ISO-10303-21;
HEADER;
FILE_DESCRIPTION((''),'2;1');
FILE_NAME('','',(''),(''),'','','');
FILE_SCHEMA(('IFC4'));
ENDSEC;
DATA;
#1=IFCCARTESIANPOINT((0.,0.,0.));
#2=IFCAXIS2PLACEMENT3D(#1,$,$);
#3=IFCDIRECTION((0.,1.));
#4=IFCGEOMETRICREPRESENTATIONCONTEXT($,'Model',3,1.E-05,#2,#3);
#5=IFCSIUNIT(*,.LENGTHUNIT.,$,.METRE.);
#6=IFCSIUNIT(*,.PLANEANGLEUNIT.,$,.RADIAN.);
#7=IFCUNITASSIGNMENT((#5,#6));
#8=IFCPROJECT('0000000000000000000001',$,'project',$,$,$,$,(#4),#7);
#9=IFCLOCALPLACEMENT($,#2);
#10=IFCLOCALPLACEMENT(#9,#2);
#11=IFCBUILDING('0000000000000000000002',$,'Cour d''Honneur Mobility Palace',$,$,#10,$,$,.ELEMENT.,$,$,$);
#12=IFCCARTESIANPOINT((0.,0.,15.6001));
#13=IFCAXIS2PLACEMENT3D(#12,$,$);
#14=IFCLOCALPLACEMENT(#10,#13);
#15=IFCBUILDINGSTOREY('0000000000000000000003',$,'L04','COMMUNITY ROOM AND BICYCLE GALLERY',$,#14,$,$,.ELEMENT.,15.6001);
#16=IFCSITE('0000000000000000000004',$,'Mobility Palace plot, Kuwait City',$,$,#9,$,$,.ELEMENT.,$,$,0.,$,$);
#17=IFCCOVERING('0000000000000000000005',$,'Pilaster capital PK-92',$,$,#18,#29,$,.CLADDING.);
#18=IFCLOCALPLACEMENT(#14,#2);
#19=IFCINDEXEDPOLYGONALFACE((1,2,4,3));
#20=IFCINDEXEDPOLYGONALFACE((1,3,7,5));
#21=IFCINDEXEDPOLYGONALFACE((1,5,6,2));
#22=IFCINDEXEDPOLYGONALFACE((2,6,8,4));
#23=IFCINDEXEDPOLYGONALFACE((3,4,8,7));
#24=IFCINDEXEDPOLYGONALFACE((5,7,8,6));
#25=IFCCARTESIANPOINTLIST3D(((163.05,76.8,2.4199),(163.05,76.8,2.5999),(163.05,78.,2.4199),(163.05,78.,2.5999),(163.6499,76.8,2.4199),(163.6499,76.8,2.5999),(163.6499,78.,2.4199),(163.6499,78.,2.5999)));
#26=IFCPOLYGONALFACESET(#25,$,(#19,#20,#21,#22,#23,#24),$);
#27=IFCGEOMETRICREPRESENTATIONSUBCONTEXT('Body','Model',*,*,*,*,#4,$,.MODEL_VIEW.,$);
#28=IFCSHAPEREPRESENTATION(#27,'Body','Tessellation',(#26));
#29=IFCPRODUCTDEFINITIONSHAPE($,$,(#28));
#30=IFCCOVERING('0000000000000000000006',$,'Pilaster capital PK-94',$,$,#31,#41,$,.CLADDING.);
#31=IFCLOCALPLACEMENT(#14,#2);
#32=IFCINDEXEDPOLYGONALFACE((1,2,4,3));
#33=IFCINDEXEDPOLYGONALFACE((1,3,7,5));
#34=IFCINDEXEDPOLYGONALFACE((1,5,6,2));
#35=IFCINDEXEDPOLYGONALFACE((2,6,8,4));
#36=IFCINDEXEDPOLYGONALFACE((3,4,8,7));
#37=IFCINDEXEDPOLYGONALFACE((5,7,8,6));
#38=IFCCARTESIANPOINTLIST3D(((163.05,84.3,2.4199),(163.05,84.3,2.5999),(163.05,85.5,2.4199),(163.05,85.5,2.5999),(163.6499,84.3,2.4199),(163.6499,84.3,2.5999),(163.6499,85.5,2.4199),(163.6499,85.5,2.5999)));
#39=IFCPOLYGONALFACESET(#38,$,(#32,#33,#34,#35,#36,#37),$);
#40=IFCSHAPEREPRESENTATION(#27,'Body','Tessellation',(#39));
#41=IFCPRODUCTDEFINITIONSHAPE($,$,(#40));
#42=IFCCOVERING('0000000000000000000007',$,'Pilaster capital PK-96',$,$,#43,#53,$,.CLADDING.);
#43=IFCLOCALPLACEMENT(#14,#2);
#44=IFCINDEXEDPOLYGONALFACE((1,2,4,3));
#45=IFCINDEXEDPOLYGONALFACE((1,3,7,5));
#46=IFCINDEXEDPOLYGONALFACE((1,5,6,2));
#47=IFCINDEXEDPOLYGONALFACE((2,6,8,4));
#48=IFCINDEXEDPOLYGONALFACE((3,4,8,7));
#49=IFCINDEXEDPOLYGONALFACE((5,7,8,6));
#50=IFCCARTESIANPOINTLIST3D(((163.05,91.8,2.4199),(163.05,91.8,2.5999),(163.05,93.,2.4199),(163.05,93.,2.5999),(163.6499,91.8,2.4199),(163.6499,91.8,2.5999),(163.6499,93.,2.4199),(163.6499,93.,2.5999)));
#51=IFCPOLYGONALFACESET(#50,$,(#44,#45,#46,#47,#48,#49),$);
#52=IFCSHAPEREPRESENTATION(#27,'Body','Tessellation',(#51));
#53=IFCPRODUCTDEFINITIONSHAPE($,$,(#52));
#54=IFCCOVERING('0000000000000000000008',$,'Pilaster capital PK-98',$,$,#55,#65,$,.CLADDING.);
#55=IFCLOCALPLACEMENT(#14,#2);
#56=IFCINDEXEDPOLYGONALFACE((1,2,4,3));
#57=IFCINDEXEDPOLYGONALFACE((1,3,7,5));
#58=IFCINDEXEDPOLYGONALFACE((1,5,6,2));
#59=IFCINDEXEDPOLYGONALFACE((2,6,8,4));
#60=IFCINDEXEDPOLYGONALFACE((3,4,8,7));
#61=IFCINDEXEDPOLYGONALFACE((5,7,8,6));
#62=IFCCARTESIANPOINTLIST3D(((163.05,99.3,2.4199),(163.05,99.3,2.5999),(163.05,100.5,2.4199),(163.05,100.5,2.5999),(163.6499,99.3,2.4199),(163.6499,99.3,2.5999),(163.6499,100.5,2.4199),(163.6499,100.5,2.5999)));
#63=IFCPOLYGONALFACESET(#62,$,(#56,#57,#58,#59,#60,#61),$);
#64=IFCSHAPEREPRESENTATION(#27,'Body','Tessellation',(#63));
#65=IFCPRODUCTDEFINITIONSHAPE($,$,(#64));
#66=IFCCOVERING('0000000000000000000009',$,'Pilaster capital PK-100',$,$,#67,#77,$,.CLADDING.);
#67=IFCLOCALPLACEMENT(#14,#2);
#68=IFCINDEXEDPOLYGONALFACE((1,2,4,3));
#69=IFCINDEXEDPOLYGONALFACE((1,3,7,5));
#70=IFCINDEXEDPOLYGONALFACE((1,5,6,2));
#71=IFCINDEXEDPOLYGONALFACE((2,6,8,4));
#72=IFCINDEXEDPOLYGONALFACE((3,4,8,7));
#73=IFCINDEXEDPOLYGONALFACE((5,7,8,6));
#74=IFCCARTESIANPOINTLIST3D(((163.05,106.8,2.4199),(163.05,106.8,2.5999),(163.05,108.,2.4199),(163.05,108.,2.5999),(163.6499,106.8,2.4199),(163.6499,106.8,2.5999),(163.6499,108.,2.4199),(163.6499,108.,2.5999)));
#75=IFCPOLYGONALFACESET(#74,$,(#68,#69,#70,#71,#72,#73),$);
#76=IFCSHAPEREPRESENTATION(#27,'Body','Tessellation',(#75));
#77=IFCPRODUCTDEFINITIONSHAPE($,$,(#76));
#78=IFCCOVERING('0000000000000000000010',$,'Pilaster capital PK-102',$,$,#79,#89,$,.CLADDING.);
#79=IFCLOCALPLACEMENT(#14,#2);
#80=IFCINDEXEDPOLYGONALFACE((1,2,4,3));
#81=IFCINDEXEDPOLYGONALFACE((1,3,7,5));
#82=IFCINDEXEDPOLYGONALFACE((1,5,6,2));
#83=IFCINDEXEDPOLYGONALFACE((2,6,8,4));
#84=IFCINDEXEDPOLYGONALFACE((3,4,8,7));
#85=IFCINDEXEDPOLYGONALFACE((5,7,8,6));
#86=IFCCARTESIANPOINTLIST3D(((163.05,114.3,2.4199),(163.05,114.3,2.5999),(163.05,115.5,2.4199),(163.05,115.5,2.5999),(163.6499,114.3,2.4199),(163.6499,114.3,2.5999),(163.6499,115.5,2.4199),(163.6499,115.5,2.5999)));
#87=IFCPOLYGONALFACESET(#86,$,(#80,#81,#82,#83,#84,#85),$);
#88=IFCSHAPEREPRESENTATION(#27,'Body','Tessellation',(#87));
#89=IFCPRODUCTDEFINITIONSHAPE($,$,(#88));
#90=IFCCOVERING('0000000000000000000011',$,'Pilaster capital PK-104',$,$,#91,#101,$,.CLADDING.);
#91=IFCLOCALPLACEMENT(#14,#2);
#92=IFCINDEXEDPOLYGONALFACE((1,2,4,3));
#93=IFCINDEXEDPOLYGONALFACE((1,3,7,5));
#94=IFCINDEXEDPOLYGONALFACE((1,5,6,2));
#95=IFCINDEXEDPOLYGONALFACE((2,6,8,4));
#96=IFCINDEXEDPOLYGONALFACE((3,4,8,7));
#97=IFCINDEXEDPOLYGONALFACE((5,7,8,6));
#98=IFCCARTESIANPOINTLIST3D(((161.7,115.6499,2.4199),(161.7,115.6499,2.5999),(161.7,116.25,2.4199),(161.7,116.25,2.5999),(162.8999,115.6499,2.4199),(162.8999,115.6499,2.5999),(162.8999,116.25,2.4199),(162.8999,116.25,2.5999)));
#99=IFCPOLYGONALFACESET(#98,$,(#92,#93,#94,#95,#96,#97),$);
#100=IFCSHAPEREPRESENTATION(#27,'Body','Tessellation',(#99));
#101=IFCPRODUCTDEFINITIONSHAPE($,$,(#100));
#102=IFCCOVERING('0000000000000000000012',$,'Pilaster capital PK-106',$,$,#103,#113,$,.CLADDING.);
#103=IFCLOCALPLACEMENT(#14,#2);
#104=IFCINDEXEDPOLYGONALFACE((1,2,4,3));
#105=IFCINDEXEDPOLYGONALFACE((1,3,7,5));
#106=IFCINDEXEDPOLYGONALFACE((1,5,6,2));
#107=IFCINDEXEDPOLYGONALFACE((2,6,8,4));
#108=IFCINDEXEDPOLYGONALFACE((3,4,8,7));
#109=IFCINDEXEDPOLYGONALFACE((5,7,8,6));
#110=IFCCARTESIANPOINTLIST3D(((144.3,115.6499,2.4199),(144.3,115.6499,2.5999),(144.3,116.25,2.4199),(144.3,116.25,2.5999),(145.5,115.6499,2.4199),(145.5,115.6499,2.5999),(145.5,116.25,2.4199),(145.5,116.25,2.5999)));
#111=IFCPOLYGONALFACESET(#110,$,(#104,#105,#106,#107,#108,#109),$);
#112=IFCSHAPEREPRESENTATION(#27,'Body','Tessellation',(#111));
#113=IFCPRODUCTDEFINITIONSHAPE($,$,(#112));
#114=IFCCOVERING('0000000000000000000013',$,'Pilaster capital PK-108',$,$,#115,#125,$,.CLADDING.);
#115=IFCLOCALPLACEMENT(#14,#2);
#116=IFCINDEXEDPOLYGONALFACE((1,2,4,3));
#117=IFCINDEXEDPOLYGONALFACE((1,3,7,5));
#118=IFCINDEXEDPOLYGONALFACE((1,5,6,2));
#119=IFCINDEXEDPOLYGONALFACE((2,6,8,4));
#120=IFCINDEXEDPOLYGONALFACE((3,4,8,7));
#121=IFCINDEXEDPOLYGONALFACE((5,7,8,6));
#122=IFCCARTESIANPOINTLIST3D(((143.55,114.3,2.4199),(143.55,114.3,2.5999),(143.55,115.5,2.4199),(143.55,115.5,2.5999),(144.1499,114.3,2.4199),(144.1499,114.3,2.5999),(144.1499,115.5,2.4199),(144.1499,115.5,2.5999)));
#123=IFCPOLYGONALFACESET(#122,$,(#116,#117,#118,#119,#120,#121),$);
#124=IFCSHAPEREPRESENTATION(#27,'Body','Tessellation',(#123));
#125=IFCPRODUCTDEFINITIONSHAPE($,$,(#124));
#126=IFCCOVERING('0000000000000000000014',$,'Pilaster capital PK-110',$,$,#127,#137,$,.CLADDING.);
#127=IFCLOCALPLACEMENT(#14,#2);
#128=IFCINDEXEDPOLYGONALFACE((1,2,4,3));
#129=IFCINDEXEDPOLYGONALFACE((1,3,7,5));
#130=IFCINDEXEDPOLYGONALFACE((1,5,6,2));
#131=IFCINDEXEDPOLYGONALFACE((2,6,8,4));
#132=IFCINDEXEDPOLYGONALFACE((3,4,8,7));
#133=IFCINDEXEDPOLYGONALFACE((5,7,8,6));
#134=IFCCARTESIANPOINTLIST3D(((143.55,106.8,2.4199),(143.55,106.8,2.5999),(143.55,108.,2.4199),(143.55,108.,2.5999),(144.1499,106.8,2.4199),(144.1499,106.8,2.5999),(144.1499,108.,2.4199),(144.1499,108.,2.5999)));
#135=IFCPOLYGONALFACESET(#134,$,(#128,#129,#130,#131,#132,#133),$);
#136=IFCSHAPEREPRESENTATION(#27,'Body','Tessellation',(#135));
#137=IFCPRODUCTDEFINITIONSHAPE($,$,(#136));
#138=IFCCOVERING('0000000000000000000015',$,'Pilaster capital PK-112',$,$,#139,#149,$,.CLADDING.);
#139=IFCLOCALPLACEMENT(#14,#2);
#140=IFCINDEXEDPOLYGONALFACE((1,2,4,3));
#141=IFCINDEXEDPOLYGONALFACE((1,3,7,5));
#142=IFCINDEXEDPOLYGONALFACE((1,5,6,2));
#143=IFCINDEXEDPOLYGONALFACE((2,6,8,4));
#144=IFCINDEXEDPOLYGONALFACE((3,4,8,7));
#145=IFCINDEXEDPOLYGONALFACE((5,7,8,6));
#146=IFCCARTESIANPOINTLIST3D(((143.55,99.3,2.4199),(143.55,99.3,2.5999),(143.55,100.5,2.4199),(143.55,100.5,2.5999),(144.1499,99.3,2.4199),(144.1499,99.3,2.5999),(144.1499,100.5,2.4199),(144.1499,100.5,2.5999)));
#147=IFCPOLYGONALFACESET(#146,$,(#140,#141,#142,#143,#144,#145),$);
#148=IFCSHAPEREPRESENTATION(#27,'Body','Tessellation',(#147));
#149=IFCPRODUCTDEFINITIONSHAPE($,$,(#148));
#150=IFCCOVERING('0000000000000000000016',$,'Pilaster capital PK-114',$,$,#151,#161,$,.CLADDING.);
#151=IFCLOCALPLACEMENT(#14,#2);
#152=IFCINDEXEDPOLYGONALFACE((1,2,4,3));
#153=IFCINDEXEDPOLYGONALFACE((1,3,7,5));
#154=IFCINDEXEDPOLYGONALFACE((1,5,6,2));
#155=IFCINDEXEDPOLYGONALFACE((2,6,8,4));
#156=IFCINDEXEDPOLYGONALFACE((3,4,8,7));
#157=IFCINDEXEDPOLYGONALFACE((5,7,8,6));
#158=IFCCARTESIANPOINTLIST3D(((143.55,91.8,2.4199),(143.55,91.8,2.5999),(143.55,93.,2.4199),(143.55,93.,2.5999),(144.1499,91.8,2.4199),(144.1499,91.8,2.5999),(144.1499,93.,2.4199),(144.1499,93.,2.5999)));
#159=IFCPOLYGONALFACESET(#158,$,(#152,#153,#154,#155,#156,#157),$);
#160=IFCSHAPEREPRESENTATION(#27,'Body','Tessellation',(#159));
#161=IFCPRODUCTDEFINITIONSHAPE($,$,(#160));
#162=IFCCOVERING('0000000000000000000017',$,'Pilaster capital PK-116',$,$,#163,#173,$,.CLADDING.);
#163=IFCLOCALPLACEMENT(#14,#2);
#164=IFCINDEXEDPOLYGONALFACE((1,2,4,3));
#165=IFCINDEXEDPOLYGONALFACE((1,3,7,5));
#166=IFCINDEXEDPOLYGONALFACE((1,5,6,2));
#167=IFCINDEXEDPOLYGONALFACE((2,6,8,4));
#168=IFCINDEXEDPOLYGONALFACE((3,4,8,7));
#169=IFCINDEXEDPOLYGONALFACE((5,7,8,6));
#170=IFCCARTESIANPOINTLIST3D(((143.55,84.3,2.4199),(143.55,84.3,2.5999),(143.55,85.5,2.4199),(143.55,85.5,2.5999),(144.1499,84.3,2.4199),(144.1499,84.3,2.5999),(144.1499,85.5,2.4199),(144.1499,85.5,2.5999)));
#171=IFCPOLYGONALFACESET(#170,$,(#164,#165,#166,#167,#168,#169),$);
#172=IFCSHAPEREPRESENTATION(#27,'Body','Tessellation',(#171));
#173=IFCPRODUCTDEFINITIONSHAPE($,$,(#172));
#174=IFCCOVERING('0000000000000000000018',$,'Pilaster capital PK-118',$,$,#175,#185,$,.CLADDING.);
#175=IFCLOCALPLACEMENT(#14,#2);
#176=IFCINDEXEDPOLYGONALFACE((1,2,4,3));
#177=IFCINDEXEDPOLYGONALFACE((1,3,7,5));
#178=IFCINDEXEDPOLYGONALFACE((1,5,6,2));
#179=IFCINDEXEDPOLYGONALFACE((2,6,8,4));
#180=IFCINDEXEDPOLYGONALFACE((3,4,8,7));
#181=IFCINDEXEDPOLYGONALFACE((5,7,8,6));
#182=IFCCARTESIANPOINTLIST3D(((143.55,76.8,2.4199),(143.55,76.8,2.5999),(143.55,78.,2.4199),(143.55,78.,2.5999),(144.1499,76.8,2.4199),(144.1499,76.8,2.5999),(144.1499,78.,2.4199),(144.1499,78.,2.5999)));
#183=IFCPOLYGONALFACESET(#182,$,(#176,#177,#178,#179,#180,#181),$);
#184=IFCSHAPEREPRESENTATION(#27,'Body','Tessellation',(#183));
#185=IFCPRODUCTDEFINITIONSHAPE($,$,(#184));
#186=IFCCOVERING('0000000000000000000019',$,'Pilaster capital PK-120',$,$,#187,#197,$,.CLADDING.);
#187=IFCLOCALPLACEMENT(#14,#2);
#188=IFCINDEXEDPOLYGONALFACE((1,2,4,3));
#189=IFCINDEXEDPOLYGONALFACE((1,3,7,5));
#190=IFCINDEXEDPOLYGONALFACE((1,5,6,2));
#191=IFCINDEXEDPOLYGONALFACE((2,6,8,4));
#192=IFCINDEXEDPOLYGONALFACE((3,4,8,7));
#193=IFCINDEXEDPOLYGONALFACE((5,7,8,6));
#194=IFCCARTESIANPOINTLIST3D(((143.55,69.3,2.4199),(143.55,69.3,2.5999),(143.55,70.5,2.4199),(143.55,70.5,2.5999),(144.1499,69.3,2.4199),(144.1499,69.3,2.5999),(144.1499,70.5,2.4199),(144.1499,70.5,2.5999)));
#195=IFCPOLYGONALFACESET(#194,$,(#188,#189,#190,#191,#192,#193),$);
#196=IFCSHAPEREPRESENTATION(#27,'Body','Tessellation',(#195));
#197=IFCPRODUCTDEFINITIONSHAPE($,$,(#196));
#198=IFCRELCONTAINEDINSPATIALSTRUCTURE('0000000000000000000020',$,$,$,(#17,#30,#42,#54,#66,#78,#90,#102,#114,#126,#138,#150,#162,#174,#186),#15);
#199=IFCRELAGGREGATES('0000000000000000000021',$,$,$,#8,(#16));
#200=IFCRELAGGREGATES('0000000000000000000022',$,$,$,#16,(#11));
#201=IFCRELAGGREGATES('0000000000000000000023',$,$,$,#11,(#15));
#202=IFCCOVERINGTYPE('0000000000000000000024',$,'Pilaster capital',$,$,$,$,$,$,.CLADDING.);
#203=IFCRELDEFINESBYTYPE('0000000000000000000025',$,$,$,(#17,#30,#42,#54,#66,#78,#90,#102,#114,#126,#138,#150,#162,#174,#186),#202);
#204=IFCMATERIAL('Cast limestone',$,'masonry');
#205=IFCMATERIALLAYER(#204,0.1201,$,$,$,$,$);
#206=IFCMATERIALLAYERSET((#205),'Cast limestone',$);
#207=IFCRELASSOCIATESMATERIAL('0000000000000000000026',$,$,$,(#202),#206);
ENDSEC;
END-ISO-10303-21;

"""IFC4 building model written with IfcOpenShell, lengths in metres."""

from ifc_helpers import new_model, si_unit, direction, frame, origin, place, context, subcontext, project, spatial, polyline, outline, extrude, material, layer, layer_set, type_object, element, save


model = new_model("IFC4")

# Units and contexts
model_context = context("Model", 3, precision=1e-05, world=origin(), true_north=direction((0.0, 1.0)))
body_context = subcontext(model_context, "Body", "Model", "MODEL_VIEW")
ifc_project = project(units=[si_unit("LENGTHUNIT", "METRE"), si_unit("PLANEANGLEUNIT", "RADIAN")], contexts=[model_context])

# Site, building, storey
site_placement = place(None, origin())
site = spatial("IfcSite", under=ifc_project, at=site_placement, Name="Mobility Palace plot, Kuwait City", CompositionType="ELEMENT", RefElevation=0.0)
building_placement = place(site_placement, origin())
building = spatial("IfcBuilding", under=site, at=building_placement, Name="Cour d'Honneur Mobility Palace", CompositionType="ELEMENT")
storey_placement = place(building_placement, frame((0.0, 0.0, 15.6001)))
storey = spatial("IfcBuildingStorey", under=building, at=storey_placement, Name="L04", Description="COMMUNITY ROOM AND BICYCLE GALLERY", CompositionType="ELEMENT", Elevation=15.6001)

# Coverings
ifc_material_1 = material(Name="Cast limestone", Category="masonry")
ifc_layer_1 = layer(ifc_material_1, 0.1201)
ifc_layer_set_1 = layer_set([ifc_layer_1], Name="Cast limestone")
covering_type_1 = type_object("IfcCoveringType", Name="Pilaster capital", PredefinedType="CLADDING", material=ifc_layer_set_1)
covering_1_placement = place(storey_placement, frame((0.0, 0.0, 2.4199)))
element("IfcCovering", 1, at=covering_1_placement, inside=storey, type_object=covering_type_1, Name="Pilaster capital PK-92", PredefinedType="CLADDING", context=body_context, shape_type="SweptSolid", body=[
    extrude(outline(polyline([(163.05, 76.8), (163.05, 78.0), (163.6499, 78.0), (163.6499, 76.8), (163.05, 76.8)])), origin(), (0.0, 0.0, 1.0), 0.1799),
])
covering_2_placement = place(storey_placement, frame((0.0, 0.0, 2.4199)))
element("IfcCovering", 2, at=covering_2_placement, inside=storey, type_object=covering_type_1, Name="Pilaster capital PK-94", PredefinedType="CLADDING", context=body_context, shape_type="SweptSolid", body=[
    extrude(outline(polyline([(163.05, 84.3), (163.05, 85.5), (163.6499, 85.5), (163.6499, 84.3), (163.05, 84.3)])), origin(), (0.0, 0.0, 1.0), 0.1799),
])
covering_3_placement = place(storey_placement, frame((0.0, 0.0, 2.4199)))
element("IfcCovering", 3, at=covering_3_placement, inside=storey, type_object=covering_type_1, Name="Pilaster capital PK-96", PredefinedType="CLADDING", context=body_context, shape_type="SweptSolid", body=[
    extrude(outline(polyline([(163.05, 91.8), (163.05, 93.0), (163.6499, 93.0), (163.6499, 91.8), (163.05, 91.8)])), origin(), (0.0, 0.0, 1.0), 0.1799),
])
covering_4_placement = place(storey_placement, frame((0.0, 0.0, 2.4199)))
element("IfcCovering", 4, at=covering_4_placement, inside=storey, type_object=covering_type_1, Name="Pilaster capital PK-98", PredefinedType="CLADDING", context=body_context, shape_type="SweptSolid", body=[
    extrude(outline(polyline([(163.05, 99.3), (163.05, 100.5), (163.6499, 100.5), (163.6499, 99.3), (163.05, 99.3)])), origin(), (0.0, 0.0, 1.0), 0.1799),
])
covering_5_placement = place(storey_placement, frame((0.0, 0.0, 2.4199)))
element("IfcCovering", 5, at=covering_5_placement, inside=storey, type_object=covering_type_1, Name="Pilaster capital PK-100", PredefinedType="CLADDING", context=body_context, shape_type="SweptSolid", body=[
    extrude(outline(polyline([(163.05, 106.8), (163.05, 108.0), (163.6499, 108.0), (163.6499, 106.8), (163.05, 106.8)])), origin(), (0.0, 0.0, 1.0), 0.1799),
])
covering_6_placement = place(storey_placement, frame((0.0, 0.0, 2.4199)))
element("IfcCovering", 6, at=covering_6_placement, inside=storey, type_object=covering_type_1, Name="Pilaster capital PK-102", PredefinedType="CLADDING", context=body_context, shape_type="SweptSolid", body=[
    extrude(outline(polyline([(163.05, 114.3), (163.05, 115.5), (163.6499, 115.5), (163.6499, 114.3), (163.05, 114.3)])), origin(), (0.0, 0.0, 1.0), 0.1799),
])
covering_7_placement = place(storey_placement, frame((0.0, 0.0, 2.4199)))
element("IfcCovering", 7, at=covering_7_placement, inside=storey, type_object=covering_type_1, Name="Pilaster capital PK-104", PredefinedType="CLADDING", context=body_context, shape_type="SweptSolid", body=[
    extrude(outline(polyline([(162.8999, 115.6499), (161.7, 115.6499), (161.7, 116.25), (162.8999, 116.25), (162.8999, 115.6499)])), origin(), (0.0, 0.0, 1.0), 0.1799),
])
covering_8_placement = place(storey_placement, frame((0.0, 0.0, 2.4199)))
element("IfcCovering", 8, at=covering_8_placement, inside=storey, type_object=covering_type_1, Name="Pilaster capital PK-106", PredefinedType="CLADDING", context=body_context, shape_type="SweptSolid", body=[
    extrude(outline(polyline([(145.5, 115.6499), (144.3, 115.6499), (144.3, 116.25), (145.5, 116.25), (145.5, 115.6499)])), origin(), (0.0, 0.0, 1.0), 0.1799),
])
covering_9_placement = place(storey_placement, frame((0.0, 0.0, 2.4199)))
element("IfcCovering", 9, at=covering_9_placement, inside=storey, type_object=covering_type_1, Name="Pilaster capital PK-108", PredefinedType="CLADDING", context=body_context, shape_type="SweptSolid", body=[
    extrude(outline(polyline([(144.1499, 115.5), (144.1499, 114.3), (143.55, 114.3), (143.55, 115.5), (144.1499, 115.5)])), origin(), (0.0, 0.0, 1.0), 0.1799),
])
covering_10_placement = place(storey_placement, frame((0.0, 0.0, 2.4199)))
element("IfcCovering", 10, at=covering_10_placement, inside=storey, type_object=covering_type_1, Name="Pilaster capital PK-110", PredefinedType="CLADDING", context=body_context, shape_type="SweptSolid", body=[
    extrude(outline(polyline([(144.1499, 108.0), (144.1499, 106.8), (143.55, 106.8), (143.55, 108.0), (144.1499, 108.0)])), origin(), (0.0, 0.0, 1.0), 0.1799),
])
covering_11_placement = place(storey_placement, frame((0.0, 0.0, 2.4199)))
element("IfcCovering", 11, at=covering_11_placement, inside=storey, type_object=covering_type_1, Name="Pilaster capital PK-112", PredefinedType="CLADDING", context=body_context, shape_type="SweptSolid", body=[
    extrude(outline(polyline([(144.1499, 100.5), (144.1499, 99.3), (143.55, 99.3), (143.55, 100.5), (144.1499, 100.5)])), origin(), (0.0, 0.0, 1.0), 0.1799),
])
covering_12_placement = place(storey_placement, frame((0.0, 0.0, 2.4199)))
element("IfcCovering", 12, at=covering_12_placement, inside=storey, type_object=covering_type_1, Name="Pilaster capital PK-114", PredefinedType="CLADDING", context=body_context, shape_type="SweptSolid", body=[
    extrude(outline(polyline([(144.1499, 93.0), (144.1499, 91.8), (143.55, 91.8), (143.55, 93.0), (144.1499, 93.0)])), origin(), (0.0, 0.0, 1.0), 0.1799),
])
covering_13_placement = place(storey_placement, frame((0.0, 0.0, 2.4199)))
element("IfcCovering", 13, at=covering_13_placement, inside=storey, type_object=covering_type_1, Name="Pilaster capital PK-116", PredefinedType="CLADDING", context=body_context, shape_type="SweptSolid", body=[
    extrude(outline(polyline([(144.1499, 85.5), (144.1499, 84.3), (143.55, 84.3), (143.55, 85.5), (144.1499, 85.5)])), origin(), (0.0, 0.0, 1.0), 0.1799),
])
covering_14_placement = place(storey_placement, frame((0.0, 0.0, 2.4199)))
element("IfcCovering", 14, at=covering_14_placement, inside=storey, type_object=covering_type_1, Name="Pilaster capital PK-118", PredefinedType="CLADDING", context=body_context, shape_type="SweptSolid", body=[
    extrude(outline(polyline([(144.1499, 78.0), (144.1499, 76.8), (143.55, 76.8), (143.55, 78.0), (144.1499, 78.0)])), origin(), (0.0, 0.0, 1.0), 0.1799),
])
covering_15_placement = place(storey_placement, frame((0.0, 0.0, 2.4199)))
element("IfcCovering", 15, at=covering_15_placement, inside=storey, type_object=covering_type_1, Name="Pilaster capital PK-120", PredefinedType="CLADDING", context=body_context, shape_type="SweptSolid", body=[
    extrude(outline(polyline([(144.1499, 70.5), (144.1499, 69.3), (143.55, 69.3), (143.55, 70.5), (144.1499, 70.5)])), origin(), (0.0, 0.0, 1.0), 0.1799),
])

save(model, "model.ifc")
